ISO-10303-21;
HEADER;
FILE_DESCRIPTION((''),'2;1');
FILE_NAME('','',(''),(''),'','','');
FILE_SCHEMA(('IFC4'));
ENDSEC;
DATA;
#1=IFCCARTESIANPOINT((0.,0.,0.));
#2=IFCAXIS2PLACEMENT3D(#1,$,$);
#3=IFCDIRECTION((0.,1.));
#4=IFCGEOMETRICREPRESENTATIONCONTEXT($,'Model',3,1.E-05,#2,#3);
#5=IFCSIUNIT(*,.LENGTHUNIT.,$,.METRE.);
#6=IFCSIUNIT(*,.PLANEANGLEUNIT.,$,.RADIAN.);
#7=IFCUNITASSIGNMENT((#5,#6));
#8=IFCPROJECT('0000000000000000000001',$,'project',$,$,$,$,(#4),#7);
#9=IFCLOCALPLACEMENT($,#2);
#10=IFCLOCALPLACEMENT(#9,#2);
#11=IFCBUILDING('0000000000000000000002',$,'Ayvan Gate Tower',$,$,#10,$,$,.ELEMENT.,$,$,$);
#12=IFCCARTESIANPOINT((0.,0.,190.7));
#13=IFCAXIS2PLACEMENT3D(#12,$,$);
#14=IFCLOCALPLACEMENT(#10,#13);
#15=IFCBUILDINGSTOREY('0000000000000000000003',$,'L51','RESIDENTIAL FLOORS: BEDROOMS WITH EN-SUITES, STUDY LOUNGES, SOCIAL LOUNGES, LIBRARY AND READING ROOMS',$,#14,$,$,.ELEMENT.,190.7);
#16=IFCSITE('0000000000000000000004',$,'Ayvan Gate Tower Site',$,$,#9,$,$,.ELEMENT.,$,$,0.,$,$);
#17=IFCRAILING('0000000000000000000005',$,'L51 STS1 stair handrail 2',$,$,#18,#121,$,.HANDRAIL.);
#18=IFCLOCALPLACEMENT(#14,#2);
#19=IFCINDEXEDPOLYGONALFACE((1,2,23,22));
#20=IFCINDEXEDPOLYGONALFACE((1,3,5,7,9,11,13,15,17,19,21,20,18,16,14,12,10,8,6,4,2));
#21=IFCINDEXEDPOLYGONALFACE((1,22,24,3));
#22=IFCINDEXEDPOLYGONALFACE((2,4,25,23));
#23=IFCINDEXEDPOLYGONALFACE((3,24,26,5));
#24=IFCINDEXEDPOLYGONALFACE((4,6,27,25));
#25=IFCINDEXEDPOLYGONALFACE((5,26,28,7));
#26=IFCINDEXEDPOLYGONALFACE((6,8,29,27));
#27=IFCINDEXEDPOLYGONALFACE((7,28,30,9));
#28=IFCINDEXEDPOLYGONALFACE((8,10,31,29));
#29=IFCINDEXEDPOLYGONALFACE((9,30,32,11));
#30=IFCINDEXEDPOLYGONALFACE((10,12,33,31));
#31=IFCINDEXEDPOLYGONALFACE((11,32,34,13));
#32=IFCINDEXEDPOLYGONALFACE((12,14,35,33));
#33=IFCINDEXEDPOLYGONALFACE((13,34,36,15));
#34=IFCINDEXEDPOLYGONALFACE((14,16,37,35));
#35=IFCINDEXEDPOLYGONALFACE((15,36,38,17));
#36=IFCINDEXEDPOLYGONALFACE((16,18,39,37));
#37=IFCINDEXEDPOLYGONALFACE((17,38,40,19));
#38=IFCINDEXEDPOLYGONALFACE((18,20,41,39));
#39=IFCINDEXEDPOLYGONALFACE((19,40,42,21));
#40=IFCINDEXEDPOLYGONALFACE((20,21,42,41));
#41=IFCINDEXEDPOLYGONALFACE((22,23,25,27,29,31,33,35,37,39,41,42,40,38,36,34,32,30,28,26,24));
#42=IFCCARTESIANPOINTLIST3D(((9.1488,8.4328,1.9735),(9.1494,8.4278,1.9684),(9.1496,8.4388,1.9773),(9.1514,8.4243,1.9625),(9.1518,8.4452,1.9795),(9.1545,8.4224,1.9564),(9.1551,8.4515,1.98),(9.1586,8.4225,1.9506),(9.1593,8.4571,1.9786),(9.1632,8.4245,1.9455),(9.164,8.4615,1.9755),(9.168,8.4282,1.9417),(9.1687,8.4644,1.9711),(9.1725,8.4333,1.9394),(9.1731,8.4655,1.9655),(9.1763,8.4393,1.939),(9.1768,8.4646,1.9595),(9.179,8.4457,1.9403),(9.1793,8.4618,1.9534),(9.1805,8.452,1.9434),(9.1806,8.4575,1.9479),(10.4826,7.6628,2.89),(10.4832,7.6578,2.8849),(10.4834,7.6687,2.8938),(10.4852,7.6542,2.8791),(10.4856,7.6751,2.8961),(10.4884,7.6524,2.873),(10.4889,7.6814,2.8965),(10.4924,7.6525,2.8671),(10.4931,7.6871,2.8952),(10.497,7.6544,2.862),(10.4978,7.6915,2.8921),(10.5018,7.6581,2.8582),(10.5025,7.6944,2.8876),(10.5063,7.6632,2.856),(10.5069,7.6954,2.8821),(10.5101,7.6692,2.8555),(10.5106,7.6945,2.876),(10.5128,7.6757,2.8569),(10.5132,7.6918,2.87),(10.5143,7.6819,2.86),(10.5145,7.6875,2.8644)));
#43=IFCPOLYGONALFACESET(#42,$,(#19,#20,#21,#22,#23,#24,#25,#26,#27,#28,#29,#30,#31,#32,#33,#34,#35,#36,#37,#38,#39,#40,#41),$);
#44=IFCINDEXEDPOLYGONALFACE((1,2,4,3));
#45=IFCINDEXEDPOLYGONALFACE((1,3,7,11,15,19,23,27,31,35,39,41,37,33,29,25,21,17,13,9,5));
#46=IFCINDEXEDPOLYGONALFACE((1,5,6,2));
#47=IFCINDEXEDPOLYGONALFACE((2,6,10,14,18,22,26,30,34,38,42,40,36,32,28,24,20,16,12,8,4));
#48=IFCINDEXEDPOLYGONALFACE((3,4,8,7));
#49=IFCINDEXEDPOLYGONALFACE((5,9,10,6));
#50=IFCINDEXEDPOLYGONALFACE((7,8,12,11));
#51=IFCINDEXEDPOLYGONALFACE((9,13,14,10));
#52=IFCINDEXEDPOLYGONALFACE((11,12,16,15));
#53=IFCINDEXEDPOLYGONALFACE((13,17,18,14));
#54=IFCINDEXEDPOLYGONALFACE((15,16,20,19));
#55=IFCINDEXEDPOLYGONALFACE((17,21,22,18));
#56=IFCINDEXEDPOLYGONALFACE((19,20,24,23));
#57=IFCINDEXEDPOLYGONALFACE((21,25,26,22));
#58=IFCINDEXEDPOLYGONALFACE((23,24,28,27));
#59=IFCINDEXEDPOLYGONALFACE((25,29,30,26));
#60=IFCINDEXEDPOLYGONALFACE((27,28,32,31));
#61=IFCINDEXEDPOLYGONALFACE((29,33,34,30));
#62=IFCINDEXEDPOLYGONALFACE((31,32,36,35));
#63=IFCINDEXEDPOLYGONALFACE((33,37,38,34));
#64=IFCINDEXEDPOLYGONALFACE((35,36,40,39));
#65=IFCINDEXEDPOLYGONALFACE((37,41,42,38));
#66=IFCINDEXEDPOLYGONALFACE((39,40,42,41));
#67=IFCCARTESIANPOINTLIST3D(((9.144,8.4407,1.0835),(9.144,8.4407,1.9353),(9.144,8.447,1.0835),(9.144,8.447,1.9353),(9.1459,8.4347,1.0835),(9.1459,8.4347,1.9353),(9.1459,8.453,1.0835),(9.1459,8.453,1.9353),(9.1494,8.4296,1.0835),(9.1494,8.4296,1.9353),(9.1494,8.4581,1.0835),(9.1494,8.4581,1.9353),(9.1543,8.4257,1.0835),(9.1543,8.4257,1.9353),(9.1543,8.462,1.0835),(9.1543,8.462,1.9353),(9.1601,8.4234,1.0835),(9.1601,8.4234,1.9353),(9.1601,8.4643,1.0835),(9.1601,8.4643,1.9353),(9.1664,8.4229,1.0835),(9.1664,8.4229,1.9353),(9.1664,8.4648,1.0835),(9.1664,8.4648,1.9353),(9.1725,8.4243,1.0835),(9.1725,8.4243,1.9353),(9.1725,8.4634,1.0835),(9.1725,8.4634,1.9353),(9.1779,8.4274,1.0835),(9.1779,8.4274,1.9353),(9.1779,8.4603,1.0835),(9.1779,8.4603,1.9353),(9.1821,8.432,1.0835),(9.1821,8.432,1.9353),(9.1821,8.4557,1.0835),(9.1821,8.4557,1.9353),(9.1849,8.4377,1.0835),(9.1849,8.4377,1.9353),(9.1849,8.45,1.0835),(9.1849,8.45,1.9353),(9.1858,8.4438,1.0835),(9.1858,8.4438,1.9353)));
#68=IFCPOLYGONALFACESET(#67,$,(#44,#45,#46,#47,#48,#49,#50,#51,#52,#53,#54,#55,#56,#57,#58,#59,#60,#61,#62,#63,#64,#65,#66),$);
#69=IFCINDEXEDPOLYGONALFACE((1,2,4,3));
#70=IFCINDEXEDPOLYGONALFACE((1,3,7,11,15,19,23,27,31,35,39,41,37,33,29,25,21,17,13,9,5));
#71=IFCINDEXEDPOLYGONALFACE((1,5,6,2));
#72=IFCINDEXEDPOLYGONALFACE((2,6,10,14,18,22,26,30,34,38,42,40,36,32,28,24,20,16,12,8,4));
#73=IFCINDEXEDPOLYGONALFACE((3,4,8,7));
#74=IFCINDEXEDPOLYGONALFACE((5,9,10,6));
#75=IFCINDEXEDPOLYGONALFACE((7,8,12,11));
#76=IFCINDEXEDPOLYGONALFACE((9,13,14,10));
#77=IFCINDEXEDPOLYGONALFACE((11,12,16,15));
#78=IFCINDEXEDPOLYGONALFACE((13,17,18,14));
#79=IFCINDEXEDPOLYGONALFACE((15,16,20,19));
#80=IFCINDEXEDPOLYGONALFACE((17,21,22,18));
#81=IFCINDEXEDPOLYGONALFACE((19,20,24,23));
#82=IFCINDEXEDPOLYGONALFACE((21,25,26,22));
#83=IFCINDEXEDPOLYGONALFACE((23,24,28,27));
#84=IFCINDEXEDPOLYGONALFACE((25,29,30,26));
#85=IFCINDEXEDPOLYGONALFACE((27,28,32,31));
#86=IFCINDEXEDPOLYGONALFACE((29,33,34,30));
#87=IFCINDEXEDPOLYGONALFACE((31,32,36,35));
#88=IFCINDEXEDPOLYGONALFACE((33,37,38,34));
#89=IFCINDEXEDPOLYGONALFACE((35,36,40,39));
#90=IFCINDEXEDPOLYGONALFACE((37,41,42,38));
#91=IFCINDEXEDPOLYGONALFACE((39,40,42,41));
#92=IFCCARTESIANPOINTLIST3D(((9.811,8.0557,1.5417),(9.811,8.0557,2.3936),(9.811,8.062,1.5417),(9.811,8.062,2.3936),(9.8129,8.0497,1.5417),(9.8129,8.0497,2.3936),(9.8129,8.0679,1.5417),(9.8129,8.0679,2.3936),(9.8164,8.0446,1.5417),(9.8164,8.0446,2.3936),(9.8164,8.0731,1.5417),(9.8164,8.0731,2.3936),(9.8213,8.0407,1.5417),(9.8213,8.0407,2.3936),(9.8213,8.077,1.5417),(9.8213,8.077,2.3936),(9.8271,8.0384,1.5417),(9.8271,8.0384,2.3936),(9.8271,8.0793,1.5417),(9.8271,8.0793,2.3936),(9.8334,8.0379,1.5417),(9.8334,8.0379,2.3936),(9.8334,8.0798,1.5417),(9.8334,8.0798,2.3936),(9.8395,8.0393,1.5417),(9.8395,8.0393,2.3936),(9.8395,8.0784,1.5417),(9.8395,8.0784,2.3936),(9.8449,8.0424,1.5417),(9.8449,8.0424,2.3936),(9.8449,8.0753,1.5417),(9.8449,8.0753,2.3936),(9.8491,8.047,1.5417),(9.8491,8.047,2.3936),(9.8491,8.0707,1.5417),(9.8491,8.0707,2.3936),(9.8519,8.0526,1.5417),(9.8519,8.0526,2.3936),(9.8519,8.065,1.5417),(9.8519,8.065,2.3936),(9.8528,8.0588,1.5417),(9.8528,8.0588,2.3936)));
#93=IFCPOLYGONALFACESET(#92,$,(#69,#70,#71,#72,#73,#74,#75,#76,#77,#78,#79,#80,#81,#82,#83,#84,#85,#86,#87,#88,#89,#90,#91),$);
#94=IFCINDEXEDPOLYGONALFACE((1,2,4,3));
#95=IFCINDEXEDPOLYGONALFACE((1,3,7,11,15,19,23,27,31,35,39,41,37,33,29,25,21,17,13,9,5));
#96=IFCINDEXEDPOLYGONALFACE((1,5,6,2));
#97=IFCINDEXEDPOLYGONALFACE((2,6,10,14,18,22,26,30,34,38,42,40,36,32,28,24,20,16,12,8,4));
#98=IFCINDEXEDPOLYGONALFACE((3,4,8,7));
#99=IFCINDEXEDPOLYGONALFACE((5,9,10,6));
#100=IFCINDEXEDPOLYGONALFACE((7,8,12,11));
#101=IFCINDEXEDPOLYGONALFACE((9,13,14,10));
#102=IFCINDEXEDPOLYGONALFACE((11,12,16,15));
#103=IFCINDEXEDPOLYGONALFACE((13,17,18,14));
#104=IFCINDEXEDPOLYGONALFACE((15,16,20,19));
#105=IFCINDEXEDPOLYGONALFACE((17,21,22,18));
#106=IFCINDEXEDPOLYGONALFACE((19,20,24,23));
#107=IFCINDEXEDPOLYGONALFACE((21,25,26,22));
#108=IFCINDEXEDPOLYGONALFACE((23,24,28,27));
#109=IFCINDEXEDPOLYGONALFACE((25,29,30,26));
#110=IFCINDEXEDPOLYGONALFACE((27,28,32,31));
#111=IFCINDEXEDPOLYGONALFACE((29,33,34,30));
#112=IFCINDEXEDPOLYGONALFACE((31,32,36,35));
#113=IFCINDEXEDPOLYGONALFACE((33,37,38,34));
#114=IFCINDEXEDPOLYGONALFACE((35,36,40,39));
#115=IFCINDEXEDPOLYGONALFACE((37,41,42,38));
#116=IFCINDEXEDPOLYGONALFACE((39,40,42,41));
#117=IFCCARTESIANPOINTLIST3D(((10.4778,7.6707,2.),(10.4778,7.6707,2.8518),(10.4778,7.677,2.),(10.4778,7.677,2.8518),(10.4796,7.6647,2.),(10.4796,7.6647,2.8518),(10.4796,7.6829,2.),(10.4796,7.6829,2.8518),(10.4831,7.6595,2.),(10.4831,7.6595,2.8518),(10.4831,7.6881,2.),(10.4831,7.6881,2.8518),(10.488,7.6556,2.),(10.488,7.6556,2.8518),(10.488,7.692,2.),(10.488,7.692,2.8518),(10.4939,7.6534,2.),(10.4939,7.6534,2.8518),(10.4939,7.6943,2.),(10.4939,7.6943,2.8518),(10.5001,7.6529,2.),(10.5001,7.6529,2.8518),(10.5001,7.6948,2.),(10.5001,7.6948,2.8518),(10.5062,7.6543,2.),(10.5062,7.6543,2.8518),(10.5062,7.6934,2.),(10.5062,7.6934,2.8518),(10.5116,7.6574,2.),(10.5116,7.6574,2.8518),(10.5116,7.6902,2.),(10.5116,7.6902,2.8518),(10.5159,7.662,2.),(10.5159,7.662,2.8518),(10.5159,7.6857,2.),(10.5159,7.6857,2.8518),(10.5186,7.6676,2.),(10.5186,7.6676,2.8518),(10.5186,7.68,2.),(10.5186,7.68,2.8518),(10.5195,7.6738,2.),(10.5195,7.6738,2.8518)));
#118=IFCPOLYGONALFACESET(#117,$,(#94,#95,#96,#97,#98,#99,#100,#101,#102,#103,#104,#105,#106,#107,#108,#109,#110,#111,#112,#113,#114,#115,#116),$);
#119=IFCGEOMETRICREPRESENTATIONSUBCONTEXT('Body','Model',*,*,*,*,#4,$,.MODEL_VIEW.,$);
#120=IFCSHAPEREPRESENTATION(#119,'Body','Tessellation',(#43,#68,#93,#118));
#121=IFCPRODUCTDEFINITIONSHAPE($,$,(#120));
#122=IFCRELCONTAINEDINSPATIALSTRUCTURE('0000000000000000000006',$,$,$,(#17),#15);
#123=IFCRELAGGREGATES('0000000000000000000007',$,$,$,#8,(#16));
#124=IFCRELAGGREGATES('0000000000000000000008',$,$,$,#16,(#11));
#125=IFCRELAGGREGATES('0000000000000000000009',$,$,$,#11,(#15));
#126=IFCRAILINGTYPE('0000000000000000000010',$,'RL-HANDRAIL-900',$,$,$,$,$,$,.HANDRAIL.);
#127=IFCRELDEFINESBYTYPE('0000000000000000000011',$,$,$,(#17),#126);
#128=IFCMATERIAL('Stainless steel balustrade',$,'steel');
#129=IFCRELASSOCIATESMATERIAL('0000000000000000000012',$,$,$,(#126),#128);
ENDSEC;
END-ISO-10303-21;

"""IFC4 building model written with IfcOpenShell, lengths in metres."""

from ifc_helpers import new_model, si_unit, direction, frame, origin, origin_2d, place, context, subcontext, project, spatial, circle, extrude, material, type_object, element, save


model = new_model("IFC4")

# Units and contexts
model_context = context("Model", 3, precision=1e-05, world=origin(), true_north=direction((0.0, 1.0)))
body_context = subcontext(model_context, "Body", "Model", "MODEL_VIEW")
ifc_project = project(units=[si_unit("LENGTHUNIT", "METRE"), si_unit("PLANEANGLEUNIT", "RADIAN")], contexts=[model_context])

# Site, building, storey
site_placement = place(None, origin())
site = spatial("IfcSite", under=ifc_project, at=site_placement, Name="Ayvan Gate Tower Site", CompositionType="ELEMENT", RefElevation=0.0)
building_placement = place(site_placement, origin())
building = spatial("IfcBuilding", under=site, at=building_placement, Name="Ayvan Gate Tower", CompositionType="ELEMENT")
storey_placement = place(building_placement, frame((0.0, 0.0, 190.7)))
storey = spatial("IfcBuildingStorey", under=building, at=storey_placement, Name="L51", Description="RESIDENTIAL FLOORS: BEDROOMS WITH EN-SUITES, STUDY LOUNGES, SOCIAL LOUNGES, LIBRARY AND READING ROOMS", CompositionType="ELEMENT", Elevation=190.7)

# Railing
ifc_material_1 = material(Name="Stainless steel balustrade", Category="steel")
railing_type_1 = type_object("IfcRailingType", Name="RL-HANDRAIL-900", PredefinedType="HANDRAIL", material=ifc_material_1)
railing_1_placement = place(storey_placement, frame((9.1648, 8.4438, 1.0835)))
element("IfcRailing", 1, at=railing_1_placement, inside=storey, type_object=railing_type_1, Name="L51 STS1 stair handrail 2", PredefinedType="HANDRAIL", context=body_context, shape_type="SweptSolid", body=[
    extrude(circle(Radius=0.0239, at=origin_2d()), frame((0.0, 0.0, 0.876), z_axis=(0.744216, -0.429664, 0.511401), x_axis=(0.499992, 0.86603, 0.0)), (0.0, 0.0, 1.0), 1.7922),
    extrude(circle(Radius=0.021, at=origin_2d()), origin(), (0.0, 0.0, 1.0), 0.8518),
    extrude(circle(Radius=0.021, at=origin_2d()), frame((0.667, -0.385, 0.4583)), (0.0, 0.0, 1.0), 0.8518),
    extrude(circle(Radius=0.021, at=origin_2d()), frame((1.3337, -0.77, 0.9165)), (0.0, 0.0, 1.0), 0.8518),
])

save(model, "model.ifc")
